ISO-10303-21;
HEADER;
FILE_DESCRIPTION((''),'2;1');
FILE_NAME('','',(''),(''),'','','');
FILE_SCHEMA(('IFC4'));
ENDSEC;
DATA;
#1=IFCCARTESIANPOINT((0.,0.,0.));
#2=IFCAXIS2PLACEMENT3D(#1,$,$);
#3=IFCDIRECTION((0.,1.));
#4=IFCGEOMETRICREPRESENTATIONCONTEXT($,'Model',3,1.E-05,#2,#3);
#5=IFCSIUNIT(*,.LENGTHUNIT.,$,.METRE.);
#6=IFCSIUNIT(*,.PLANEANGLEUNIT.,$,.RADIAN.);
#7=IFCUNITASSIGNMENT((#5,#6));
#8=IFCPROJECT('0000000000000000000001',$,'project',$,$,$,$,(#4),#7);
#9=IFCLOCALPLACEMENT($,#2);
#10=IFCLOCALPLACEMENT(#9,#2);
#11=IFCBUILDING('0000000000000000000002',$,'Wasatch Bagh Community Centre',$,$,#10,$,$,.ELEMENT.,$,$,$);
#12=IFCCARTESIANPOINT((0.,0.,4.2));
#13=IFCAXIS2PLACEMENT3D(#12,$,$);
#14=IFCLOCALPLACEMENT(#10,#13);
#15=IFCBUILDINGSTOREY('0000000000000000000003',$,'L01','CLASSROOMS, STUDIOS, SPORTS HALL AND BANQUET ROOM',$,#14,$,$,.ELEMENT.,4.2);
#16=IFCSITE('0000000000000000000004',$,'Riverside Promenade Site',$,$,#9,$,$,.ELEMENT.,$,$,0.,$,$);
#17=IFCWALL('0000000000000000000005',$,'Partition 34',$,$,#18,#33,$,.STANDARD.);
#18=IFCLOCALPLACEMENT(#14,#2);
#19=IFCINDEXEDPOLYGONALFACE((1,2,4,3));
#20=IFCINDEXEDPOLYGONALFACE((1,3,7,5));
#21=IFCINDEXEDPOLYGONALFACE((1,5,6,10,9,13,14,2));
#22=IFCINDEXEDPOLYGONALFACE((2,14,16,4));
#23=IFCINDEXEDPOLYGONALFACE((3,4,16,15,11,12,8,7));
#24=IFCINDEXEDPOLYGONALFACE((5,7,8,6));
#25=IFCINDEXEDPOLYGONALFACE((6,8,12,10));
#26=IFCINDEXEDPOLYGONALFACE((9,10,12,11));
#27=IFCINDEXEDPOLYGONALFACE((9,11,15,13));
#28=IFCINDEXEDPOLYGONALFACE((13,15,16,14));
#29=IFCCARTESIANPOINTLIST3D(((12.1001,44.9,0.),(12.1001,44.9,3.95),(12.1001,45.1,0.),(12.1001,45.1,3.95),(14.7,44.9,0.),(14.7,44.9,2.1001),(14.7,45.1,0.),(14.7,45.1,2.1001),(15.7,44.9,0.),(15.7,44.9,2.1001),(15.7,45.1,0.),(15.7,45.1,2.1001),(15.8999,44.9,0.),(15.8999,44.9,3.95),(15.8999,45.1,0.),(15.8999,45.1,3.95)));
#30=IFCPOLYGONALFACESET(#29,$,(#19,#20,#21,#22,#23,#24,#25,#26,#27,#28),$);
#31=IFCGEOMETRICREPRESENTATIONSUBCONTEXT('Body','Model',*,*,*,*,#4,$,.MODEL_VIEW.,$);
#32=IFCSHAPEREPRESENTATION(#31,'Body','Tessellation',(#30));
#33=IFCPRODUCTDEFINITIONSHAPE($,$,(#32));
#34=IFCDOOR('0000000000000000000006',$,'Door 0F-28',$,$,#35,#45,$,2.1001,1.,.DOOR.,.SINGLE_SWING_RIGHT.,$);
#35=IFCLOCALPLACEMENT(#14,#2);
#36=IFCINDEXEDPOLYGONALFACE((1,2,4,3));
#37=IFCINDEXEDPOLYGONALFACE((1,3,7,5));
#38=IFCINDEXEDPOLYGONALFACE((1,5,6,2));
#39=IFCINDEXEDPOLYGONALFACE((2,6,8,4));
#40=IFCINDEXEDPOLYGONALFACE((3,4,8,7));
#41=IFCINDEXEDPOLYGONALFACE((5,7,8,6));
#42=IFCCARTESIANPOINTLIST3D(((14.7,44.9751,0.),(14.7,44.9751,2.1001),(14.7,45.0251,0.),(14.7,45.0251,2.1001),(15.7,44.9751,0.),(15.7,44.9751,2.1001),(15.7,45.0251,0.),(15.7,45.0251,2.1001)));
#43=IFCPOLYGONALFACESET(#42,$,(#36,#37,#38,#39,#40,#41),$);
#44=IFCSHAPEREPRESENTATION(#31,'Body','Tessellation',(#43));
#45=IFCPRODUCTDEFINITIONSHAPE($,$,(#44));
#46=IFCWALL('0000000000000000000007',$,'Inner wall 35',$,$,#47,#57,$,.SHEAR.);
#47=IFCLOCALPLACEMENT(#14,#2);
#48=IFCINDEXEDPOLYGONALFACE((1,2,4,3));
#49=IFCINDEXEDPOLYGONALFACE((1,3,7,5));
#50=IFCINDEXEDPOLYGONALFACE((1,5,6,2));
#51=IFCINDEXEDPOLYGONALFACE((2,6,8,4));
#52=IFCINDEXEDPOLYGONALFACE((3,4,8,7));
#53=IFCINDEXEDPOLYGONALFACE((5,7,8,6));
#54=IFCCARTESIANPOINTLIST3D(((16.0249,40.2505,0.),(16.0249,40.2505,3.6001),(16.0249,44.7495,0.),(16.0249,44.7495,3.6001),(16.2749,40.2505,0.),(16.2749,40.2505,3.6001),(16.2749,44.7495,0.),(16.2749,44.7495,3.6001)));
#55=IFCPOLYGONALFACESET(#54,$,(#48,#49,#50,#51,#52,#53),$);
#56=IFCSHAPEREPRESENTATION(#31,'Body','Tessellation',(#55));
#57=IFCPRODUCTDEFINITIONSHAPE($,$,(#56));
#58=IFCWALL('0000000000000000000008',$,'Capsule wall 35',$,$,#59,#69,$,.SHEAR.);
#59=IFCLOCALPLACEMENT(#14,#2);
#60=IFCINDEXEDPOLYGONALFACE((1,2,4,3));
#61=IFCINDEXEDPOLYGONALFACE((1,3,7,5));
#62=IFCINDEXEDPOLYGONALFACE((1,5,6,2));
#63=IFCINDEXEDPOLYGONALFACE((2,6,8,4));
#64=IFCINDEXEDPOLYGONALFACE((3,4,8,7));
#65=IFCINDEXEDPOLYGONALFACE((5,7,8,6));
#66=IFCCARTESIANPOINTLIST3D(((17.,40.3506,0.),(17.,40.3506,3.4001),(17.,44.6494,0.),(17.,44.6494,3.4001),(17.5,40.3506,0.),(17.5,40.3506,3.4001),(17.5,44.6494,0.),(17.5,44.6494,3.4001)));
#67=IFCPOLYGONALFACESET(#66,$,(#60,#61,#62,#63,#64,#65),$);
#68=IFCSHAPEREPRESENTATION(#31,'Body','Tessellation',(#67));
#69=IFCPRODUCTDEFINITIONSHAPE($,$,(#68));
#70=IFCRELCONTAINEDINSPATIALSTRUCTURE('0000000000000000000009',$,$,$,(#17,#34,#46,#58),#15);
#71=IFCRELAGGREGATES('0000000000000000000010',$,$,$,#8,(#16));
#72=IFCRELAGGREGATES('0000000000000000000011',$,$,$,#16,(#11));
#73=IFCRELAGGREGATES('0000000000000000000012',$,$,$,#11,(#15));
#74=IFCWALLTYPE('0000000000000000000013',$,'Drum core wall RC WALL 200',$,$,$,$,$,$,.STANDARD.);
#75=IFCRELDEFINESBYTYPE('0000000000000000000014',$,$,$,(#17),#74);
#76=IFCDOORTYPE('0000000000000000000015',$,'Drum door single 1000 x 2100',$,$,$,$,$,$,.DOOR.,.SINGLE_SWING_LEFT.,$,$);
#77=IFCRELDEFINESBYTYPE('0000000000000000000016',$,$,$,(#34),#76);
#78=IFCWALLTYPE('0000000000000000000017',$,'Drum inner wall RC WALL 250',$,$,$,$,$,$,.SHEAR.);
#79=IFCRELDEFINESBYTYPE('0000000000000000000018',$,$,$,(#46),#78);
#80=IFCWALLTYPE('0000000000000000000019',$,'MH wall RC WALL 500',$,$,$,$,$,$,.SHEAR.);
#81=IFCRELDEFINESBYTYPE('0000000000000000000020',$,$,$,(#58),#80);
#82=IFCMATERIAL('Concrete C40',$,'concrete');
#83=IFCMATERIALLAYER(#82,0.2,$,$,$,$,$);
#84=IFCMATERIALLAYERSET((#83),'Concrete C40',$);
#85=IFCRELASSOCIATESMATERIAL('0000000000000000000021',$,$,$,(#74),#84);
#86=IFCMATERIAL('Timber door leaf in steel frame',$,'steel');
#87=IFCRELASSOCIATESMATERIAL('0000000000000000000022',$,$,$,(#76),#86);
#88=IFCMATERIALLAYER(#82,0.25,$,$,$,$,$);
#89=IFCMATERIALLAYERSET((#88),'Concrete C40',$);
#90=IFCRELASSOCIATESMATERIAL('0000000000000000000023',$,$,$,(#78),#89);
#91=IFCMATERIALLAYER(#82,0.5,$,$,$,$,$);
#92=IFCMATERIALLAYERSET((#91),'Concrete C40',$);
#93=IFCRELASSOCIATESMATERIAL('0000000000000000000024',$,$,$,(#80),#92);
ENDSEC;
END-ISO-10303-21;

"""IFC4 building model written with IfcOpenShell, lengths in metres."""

from ifc_helpers import new_model, si_unit, direction, frame, frame_2d, origin, place, context, subcontext, project, spatial, rectangle, extrude, material, layer, layer_set, type_object, element, fill, save


model = new_model("IFC4")

# Units and contexts
model_context = context("Model", 3, precision=1e-05, world=origin(), true_north=direction((0.0, 1.0)))
body_context = subcontext(model_context, "Body", "Model", "MODEL_VIEW")
ifc_project = project(units=[si_unit("LENGTHUNIT", "METRE"), si_unit("PLANEANGLEUNIT", "RADIAN")], contexts=[model_context])

# Site, building, storey
site_placement = place(None, origin())
site = spatial("IfcSite", under=ifc_project, at=site_placement, Name="Riverside Promenade Site", CompositionType="ELEMENT", RefElevation=0.0)
building_placement = place(site_placement, origin())
building = spatial("IfcBuilding", under=site, at=building_placement, Name="Wasatch Bagh Community Centre", CompositionType="ELEMENT")
storey_placement = place(building_placement, frame((0.0, 0.0, 4.2)))
storey = spatial("IfcBuildingStorey", under=building, at=storey_placement, Name="L01", Description="CLASSROOMS, STUDIOS, SPORTS HALL AND BANQUET ROOM", CompositionType="ELEMENT", Elevation=4.2)

# Shared definitions
ifc_material_1 = material(Name="Concrete C40", Category="concrete")

# Wall, opening, door
ifc_layer_1 = layer(ifc_material_1, 0.2)
ifc_layer_set_1 = layer_set([ifc_layer_1], Name="Concrete C40")
wall_type_1 = type_object("IfcWallType", Name="Drum core wall RC WALL 200", PredefinedType="STANDARD", material=ifc_layer_set_1)
wall_1_placement = place(storey_placement, frame((15.8999, 45.0, 0.0), z_axis=(0.0, 0.0, 1.0), x_axis=(-1.0, 0.0, 0.0)))
wall_1 = element("IfcWall", 1, at=wall_1_placement, inside=storey, type_object=wall_type_1, Name="Partition 34", PredefinedType="STANDARD", context=body_context, shape_type="SweptSolid", body=[
    extrude(rectangle(XDim=3.7998, YDim=0.2, at=frame_2d((1.8999, 0.0))), origin(), (0.0, 0.0, 1.0), 3.95),
])
opening_placement = place(wall_1_placement, frame((0.2, 0.0, 0.0)))
opening = element("IfcOpeningElement", 2, at=opening_placement, cuts=wall_1, PredefinedType="OPENING", context=body_context, shape_type="SweptSolid", body=[
    extrude(rectangle(XDim=1.0, YDim=2.1001, at=frame_2d((0.5, 1.05))), frame((0.0, 0.1099, 0.0), z_axis=(0.0, -1.0, 0.0), x_axis=(1.0, 0.0, 0.0)), (0.0, 0.0, 1.0), 0.22),
])
ifc_material_2 = material(Name="Timber door leaf in steel frame", Category="steel")
door_type = type_object("IfcDoorType", Name="Drum door single 1000 x 2100", OperationType="SINGLE_SWING_LEFT", PredefinedType="DOOR", material=ifc_material_2)
door_placement = place(opening_placement, origin())
door = element("IfcDoor", 3, at=door_placement, inside=storey, type_object=door_type, Name="Door 0F-28", OperationType="SINGLE_SWING_RIGHT", OverallHeight=2.1001, OverallWidth=1.0, PredefinedType="DOOR", context=body_context, shape_type="SweptSolid", body=[
    extrude(rectangle(XDim=1.0, YDim=2.1001, at=frame_2d((0.5, 1.05))), frame((0.0, 0.0249, 0.0), z_axis=(0.0, -1.0, 0.0), x_axis=(1.0, 0.0, 0.0)), (0.0, 0.0, 1.0), 0.05),
])
fill(opening, door)

# Walls
ifc_layer_2 = layer(ifc_material_1, 0.25)
ifc_layer_set_2 = layer_set([ifc_layer_2], Name="Concrete C40")
wall_type_2 = type_object("IfcWallType", Name="Drum inner wall RC WALL 250", PredefinedType="SHEAR", material=ifc_layer_set_2)
wall_2_placement = place(storey_placement, frame((16.1499, 44.7495, 0.0), z_axis=(0.0, 0.0, 1.0), x_axis=(0.0, -1.0, 0.0)))
element("IfcWall", 4, at=wall_2_placement, inside=storey, type_object=wall_type_2, Name="Inner wall 35", PredefinedType="SHEAR", context=body_context, shape_type="SweptSolid", body=[
    extrude(rectangle(XDim=4.499, YDim=0.25, at=frame_2d((2.2495, 0.0))), origin(), (0.0, 0.0, 1.0), 3.6001),
])
ifc_layer_3 = layer(ifc_material_1, 0.5)
ifc_layer_set_3 = layer_set([ifc_layer_3], Name="Concrete C40")
wall_type_3 = type_object("IfcWallType", Name="MH wall RC WALL 500", PredefinedType="SHEAR", material=ifc_layer_set_3)
wall_3_placement = place(storey_placement, frame((17.25, 44.6494, 0.0), z_axis=(0.0, 0.0, 1.0), x_axis=(0.0, -1.0, 0.0)))
element("IfcWall", 5, at=wall_3_placement, inside=storey, type_object=wall_type_3, Name="Capsule wall 35", PredefinedType="SHEAR", context=body_context, shape_type="SweptSolid", body=[
    extrude(rectangle(XDim=4.2988, YDim=0.5, at=frame_2d((2.1494, 0.0))), origin(), (0.0, 0.0, 1.0), 3.4001),
])

save(model, "model.ifc")
